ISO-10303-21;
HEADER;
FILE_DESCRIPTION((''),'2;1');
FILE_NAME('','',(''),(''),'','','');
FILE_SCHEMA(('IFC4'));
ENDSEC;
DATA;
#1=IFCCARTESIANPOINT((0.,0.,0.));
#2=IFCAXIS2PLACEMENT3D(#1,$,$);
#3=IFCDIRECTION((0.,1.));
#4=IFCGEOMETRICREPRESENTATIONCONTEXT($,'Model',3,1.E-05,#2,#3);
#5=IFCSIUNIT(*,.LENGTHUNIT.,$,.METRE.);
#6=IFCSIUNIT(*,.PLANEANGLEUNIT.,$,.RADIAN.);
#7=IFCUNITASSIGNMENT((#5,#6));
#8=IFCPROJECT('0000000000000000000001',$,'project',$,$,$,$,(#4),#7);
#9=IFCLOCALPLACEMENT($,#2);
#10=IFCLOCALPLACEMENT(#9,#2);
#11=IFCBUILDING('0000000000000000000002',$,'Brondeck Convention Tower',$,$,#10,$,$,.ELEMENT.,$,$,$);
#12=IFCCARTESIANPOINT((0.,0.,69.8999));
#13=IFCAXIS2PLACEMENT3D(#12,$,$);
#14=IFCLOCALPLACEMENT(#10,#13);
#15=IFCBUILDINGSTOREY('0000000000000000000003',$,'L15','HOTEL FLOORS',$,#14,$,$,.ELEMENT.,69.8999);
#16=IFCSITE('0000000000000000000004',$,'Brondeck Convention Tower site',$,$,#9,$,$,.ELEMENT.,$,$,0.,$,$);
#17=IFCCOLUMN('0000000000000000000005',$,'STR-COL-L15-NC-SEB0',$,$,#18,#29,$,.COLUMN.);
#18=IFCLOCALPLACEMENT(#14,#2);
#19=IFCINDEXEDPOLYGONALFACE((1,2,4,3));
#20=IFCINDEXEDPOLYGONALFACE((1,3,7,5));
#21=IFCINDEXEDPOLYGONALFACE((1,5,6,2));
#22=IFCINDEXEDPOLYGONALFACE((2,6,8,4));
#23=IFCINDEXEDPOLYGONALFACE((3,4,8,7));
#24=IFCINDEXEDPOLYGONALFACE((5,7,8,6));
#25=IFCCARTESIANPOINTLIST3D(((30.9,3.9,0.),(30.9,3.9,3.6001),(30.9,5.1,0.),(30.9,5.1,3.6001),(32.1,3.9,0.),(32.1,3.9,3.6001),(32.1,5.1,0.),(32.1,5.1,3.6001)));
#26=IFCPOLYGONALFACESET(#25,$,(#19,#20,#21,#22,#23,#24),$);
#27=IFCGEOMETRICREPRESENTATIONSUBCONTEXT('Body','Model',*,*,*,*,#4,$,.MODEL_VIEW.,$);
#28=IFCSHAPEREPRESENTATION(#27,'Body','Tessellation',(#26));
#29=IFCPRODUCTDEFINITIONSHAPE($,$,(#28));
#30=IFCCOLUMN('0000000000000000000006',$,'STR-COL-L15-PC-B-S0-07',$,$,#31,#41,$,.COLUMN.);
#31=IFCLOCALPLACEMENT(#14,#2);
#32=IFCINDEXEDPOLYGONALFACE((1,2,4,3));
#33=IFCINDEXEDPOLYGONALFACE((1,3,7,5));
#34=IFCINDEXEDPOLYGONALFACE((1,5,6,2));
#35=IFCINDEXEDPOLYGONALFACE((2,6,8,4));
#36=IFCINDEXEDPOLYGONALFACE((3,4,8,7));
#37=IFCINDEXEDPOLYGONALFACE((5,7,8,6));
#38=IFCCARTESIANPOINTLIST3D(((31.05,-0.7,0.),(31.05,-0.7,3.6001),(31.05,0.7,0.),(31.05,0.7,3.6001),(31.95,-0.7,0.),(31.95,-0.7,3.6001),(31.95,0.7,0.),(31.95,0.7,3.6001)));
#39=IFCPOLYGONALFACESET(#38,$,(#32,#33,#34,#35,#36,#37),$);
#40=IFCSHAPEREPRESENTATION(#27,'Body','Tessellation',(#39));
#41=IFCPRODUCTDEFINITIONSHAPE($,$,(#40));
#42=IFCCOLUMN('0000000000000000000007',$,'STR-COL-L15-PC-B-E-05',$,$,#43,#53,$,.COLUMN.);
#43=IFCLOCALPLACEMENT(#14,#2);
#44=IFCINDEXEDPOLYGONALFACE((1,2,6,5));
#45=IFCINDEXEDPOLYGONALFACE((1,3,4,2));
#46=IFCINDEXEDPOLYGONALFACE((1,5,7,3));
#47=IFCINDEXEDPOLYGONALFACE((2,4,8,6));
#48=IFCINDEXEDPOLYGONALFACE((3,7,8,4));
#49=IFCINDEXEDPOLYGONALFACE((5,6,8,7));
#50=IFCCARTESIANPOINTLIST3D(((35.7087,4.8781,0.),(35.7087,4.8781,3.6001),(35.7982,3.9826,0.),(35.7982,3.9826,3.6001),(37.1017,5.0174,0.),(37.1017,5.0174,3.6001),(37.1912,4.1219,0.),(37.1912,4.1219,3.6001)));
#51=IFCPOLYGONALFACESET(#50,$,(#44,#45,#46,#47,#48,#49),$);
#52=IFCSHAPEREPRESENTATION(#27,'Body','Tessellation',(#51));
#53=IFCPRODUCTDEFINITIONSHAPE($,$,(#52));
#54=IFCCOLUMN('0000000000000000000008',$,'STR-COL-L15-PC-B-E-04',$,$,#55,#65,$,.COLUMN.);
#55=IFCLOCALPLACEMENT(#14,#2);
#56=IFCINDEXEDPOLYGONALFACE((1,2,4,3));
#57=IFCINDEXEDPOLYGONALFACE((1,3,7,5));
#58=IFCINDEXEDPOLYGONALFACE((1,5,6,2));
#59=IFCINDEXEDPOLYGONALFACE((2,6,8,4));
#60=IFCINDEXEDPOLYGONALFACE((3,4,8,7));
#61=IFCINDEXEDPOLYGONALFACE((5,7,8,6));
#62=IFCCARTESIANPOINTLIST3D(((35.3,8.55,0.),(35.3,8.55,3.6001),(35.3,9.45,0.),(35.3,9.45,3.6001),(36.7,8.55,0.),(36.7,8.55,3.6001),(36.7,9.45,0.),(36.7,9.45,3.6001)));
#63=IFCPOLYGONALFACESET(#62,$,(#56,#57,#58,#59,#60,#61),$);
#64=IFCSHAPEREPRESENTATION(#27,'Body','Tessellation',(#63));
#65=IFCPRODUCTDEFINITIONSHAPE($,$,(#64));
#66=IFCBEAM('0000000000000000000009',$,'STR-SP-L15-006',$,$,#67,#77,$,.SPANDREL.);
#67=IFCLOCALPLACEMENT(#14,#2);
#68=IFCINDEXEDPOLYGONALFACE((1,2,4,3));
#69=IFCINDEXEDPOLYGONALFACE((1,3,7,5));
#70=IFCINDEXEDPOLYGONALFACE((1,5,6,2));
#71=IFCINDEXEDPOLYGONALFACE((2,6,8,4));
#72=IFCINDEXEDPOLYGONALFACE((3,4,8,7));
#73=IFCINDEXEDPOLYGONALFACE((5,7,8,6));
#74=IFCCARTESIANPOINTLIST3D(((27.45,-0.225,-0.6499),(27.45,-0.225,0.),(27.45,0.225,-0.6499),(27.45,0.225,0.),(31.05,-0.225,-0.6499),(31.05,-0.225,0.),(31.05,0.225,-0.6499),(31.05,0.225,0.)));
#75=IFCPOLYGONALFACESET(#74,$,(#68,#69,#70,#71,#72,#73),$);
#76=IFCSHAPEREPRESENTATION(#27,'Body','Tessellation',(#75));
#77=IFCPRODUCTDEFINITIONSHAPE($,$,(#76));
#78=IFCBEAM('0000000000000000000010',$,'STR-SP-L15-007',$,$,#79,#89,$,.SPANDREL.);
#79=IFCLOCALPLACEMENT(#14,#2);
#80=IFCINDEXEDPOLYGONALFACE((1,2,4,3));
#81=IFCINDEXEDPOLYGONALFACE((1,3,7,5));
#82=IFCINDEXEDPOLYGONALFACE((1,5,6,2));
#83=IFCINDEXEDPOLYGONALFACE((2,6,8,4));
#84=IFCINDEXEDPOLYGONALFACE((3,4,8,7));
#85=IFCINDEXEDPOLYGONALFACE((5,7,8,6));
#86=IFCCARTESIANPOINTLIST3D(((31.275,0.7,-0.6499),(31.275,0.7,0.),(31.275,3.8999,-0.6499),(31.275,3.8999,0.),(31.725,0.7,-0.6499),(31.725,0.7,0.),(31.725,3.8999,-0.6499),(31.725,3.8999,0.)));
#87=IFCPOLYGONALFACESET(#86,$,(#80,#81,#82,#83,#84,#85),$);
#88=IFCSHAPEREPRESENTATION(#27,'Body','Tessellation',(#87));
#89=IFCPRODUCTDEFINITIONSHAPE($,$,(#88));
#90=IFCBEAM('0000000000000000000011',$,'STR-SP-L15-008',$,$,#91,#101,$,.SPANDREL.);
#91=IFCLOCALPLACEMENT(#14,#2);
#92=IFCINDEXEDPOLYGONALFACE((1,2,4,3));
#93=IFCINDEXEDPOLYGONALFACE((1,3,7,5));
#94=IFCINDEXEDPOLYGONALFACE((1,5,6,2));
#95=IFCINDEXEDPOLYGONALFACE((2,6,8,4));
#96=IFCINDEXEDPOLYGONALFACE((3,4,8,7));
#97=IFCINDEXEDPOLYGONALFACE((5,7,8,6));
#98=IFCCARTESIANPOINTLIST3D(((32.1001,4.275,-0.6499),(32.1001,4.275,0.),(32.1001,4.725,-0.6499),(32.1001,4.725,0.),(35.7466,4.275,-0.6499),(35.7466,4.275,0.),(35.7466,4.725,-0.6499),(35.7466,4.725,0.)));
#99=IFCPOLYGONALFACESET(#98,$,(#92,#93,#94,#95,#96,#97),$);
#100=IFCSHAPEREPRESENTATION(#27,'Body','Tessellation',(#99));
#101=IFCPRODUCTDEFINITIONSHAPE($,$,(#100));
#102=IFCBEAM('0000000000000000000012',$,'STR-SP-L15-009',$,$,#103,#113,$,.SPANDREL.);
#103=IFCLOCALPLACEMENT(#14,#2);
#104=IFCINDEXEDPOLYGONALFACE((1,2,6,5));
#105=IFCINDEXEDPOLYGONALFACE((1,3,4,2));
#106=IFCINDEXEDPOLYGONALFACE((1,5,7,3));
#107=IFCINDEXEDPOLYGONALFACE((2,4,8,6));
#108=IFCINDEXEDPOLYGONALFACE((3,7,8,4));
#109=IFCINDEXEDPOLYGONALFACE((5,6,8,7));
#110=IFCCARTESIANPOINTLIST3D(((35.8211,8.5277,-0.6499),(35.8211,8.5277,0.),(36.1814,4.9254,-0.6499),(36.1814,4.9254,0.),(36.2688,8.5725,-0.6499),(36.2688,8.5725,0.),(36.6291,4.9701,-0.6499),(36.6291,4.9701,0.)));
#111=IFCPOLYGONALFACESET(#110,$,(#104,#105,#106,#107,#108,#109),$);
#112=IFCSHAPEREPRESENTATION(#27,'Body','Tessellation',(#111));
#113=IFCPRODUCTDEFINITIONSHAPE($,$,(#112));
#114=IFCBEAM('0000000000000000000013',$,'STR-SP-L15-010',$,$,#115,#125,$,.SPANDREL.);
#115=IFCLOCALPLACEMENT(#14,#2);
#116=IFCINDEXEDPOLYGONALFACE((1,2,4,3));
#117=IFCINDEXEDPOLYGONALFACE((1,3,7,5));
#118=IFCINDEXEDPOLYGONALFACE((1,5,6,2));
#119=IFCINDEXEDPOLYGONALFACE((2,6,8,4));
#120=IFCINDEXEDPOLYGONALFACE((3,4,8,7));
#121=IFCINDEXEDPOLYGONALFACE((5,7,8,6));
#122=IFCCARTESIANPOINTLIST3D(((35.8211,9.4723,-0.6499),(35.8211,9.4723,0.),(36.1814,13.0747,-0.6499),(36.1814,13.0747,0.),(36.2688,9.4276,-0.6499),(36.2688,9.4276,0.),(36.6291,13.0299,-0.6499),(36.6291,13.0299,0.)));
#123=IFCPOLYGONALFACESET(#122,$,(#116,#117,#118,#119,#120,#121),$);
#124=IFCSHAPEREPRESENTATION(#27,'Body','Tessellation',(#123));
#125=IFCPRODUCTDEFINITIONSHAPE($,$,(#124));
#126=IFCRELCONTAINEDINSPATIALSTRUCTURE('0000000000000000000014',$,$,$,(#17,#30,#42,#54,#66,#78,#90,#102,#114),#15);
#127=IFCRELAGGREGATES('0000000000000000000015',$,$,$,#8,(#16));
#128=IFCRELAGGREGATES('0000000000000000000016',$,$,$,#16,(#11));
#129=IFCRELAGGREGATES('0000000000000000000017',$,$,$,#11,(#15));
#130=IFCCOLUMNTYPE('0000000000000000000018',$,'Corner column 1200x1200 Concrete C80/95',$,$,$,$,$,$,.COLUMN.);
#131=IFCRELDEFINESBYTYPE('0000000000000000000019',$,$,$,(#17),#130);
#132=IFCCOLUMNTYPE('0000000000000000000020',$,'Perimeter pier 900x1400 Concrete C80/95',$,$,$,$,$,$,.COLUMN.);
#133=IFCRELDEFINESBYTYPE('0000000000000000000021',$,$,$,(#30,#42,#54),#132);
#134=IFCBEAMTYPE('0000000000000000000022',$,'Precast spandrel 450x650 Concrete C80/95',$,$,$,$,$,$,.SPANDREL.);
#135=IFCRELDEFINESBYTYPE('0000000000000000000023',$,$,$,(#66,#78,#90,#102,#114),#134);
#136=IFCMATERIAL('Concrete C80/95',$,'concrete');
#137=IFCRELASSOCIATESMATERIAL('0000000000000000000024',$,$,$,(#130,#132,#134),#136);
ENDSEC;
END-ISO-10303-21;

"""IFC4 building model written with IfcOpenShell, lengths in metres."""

from ifc_helpers import new_model, si_unit, direction, frame, origin, origin_2d, place, context, subcontext, project, spatial, rectangle, extrude, material, material_profile, profile_set, type_object, element, save


model = new_model("IFC4")

# Units and contexts
model_context = context("Model", 3, precision=1e-05, world=origin(), true_north=direction((0.0, 1.0)))
body_context = subcontext(model_context, "Body", "Model", "MODEL_VIEW")
ifc_project = project(units=[si_unit("LENGTHUNIT", "METRE"), si_unit("PLANEANGLEUNIT", "RADIAN")], contexts=[model_context])

# Site, building, storey
site_placement = place(None, origin())
site = spatial("IfcSite", under=ifc_project, at=site_placement, Name="Brondeck Convention Tower site", CompositionType="ELEMENT", RefElevation=0.0)
building_placement = place(site_placement, origin())
building = spatial("IfcBuilding", under=site, at=building_placement, Name="Brondeck Convention Tower", CompositionType="ELEMENT")
storey_placement = place(building_placement, frame((0.0, 0.0, 69.8999)))
storey = spatial("IfcBuildingStorey", under=building, at=storey_placement, Name="L15", Description="HOTEL FLOORS", CompositionType="ELEMENT", Elevation=69.8999)

# Columns
ifc_material_1 = material(Name="Concrete C80/95", Category="concrete")
ifc_material_profile_1 = material_profile(ifc_material_1, rectangle(XDim=1.2, YDim=1.2, at=origin_2d()), Name="Corner column 1200x1200 Concrete C80/95")
ifc_profile_set_1 = profile_set([ifc_material_profile_1], Name="Concrete C80/95")
column_type_1 = type_object("IfcColumnType", Name="Corner column 1200x1200 Concrete C80/95", PredefinedType="COLUMN", material=ifc_profile_set_1)
column_placement = place(storey_placement, frame((31.5, 4.5, 0.0), z_axis=(0.0, 0.0, 1.0), x_axis=(1.0, 0.0, 0.0)))
element("IfcColumn", 1, at=column_placement, inside=storey, type_object=column_type_1, Name="STR-COL-L15-NC-SEB0", PredefinedType="COLUMN", context=body_context, shape_type="SweptSolid", body=[
    extrude(rectangle(XDim=1.2, YDim=1.2, at=origin_2d()), origin(), (0.0, 0.0, 1.0), 3.6001),
])
ifc_material_profile_2 = material_profile(ifc_material_1, rectangle(XDim=0.8999, YDim=1.3999, at=origin_2d()), Name="Perimeter pier 900x1400 Concrete C80/95")
ifc_profile_set_2 = profile_set([ifc_material_profile_2], Name="Concrete C80/95")
column_type_2 = type_object("IfcColumnType", Name="Perimeter pier 900x1400 Concrete C80/95", PredefinedType="COLUMN", material=ifc_profile_set_2)
for number, where, z_axis, x_axis, name in (
    (2, (31.5, 0.0, 0.0), (0.0, 0.0, 1.0), (1.0, 0.0, 0.0), "STR-COL-L15-PC-B-S0-07"),
    (3, (36.45, 4.5, 0.0), (0.0, 0.0, 1.0), (-0.099504, 0.995037, 0.0), "STR-COL-L15-PC-B-E-05"),
    (4, (36.0, 9.0, 0.0), (0.0, 0.0, 1.0), (0.0, 1.0, 0.0), "STR-COL-L15-PC-B-E-04"),
):
    element("IfcColumn", number, at=place(storey_placement, frame(where, z_axis=z_axis, x_axis=x_axis)), inside=storey, type_object=column_type_2, Name=name, PredefinedType="COLUMN", context=body_context, shape_type="SweptSolid", body=[
        extrude(rectangle(XDim=0.8999, YDim=1.3999, at=origin_2d()), origin(), (0.0, 0.0, 1.0), 3.6001),
    ])

# Beams
ifc_material_profile_3 = material_profile(ifc_material_1, rectangle(XDim=0.45, YDim=0.6499, at=origin_2d()), Name="Precast spandrel 450x650 Concrete C80/95")
ifc_profile_set_3 = profile_set([ifc_material_profile_3], Name="Concrete C80/95")
beam_type = type_object("IfcBeamType", Name="Precast spandrel 450x650 Concrete C80/95", PredefinedType="SPANDREL", material=ifc_profile_set_3)
beam_1_placement = place(storey_placement, frame((27.45, 0.0, -0.325), z_axis=(1.0, 0.0, 0.0), x_axis=(0.0, 1.0, 0.0)))
element("IfcBeam", 5, at=beam_1_placement, inside=storey, type_object=beam_type, Name="STR-SP-L15-006", PredefinedType="SPANDREL", context=body_context, shape_type="SweptSolid", body=[
    extrude(rectangle(XDim=0.45, YDim=0.6499, at=origin_2d()), origin(), (0.0, 0.0, 1.0), 3.6001),
])
beam_2_placement = place(storey_placement, frame((31.5, 0.7, -0.325), z_axis=(0.0, 1.0, 0.0), x_axis=(-1.0, 0.0, 0.0)))
element("IfcBeam", 6, at=beam_2_placement, inside=storey, type_object=beam_type, Name="STR-SP-L15-007", PredefinedType="SPANDREL", context=body_context, shape_type="SweptSolid", body=[
    extrude(rectangle(XDim=0.45, YDim=0.6499, at=origin_2d()), origin(), (0.0, 0.0, 1.0), 3.2),
])
beam_3_placement = place(storey_placement, frame((32.1001, 4.5, -0.325), z_axis=(1.0, 0.0, 0.0), x_axis=(0.0, 1.0, 0.0)))
element("IfcBeam", 7, at=beam_3_placement, inside=storey, type_object=beam_type, Name="STR-SP-L15-008", PredefinedType="SPANDREL", context=body_context, shape_type="SweptSolid", body=[
    extrude(rectangle(XDim=0.45, YDim=0.6499, at=origin_2d()), origin(), (0.0, 0.0, 1.0), 3.6465),
])
for number, where, z_axis, x_axis, name in (
    (8, (36.4053, 4.9478, -0.325), (-0.099537, 0.995034, 0.0), (-0.995034, -0.099537, 0.0), "STR-SP-L15-009"),
    (9, (36.0449, 9.45, -0.325), (0.099537, 0.995034, 0.0), (-0.995034, 0.099537, 0.0), "STR-SP-L15-010"),
):
    element("IfcBeam", number, at=place(storey_placement, frame(where, z_axis=z_axis, x_axis=x_axis)), inside=storey, type_object=beam_type, Name=name, PredefinedType="SPANDREL", context=body_context, shape_type="SweptSolid", body=[
        extrude(rectangle(XDim=0.45, YDim=0.6499, at=origin_2d()), origin(), (0.0, 0.0, 1.0), 3.6204),
    ])

save(model, "model.ifc")
